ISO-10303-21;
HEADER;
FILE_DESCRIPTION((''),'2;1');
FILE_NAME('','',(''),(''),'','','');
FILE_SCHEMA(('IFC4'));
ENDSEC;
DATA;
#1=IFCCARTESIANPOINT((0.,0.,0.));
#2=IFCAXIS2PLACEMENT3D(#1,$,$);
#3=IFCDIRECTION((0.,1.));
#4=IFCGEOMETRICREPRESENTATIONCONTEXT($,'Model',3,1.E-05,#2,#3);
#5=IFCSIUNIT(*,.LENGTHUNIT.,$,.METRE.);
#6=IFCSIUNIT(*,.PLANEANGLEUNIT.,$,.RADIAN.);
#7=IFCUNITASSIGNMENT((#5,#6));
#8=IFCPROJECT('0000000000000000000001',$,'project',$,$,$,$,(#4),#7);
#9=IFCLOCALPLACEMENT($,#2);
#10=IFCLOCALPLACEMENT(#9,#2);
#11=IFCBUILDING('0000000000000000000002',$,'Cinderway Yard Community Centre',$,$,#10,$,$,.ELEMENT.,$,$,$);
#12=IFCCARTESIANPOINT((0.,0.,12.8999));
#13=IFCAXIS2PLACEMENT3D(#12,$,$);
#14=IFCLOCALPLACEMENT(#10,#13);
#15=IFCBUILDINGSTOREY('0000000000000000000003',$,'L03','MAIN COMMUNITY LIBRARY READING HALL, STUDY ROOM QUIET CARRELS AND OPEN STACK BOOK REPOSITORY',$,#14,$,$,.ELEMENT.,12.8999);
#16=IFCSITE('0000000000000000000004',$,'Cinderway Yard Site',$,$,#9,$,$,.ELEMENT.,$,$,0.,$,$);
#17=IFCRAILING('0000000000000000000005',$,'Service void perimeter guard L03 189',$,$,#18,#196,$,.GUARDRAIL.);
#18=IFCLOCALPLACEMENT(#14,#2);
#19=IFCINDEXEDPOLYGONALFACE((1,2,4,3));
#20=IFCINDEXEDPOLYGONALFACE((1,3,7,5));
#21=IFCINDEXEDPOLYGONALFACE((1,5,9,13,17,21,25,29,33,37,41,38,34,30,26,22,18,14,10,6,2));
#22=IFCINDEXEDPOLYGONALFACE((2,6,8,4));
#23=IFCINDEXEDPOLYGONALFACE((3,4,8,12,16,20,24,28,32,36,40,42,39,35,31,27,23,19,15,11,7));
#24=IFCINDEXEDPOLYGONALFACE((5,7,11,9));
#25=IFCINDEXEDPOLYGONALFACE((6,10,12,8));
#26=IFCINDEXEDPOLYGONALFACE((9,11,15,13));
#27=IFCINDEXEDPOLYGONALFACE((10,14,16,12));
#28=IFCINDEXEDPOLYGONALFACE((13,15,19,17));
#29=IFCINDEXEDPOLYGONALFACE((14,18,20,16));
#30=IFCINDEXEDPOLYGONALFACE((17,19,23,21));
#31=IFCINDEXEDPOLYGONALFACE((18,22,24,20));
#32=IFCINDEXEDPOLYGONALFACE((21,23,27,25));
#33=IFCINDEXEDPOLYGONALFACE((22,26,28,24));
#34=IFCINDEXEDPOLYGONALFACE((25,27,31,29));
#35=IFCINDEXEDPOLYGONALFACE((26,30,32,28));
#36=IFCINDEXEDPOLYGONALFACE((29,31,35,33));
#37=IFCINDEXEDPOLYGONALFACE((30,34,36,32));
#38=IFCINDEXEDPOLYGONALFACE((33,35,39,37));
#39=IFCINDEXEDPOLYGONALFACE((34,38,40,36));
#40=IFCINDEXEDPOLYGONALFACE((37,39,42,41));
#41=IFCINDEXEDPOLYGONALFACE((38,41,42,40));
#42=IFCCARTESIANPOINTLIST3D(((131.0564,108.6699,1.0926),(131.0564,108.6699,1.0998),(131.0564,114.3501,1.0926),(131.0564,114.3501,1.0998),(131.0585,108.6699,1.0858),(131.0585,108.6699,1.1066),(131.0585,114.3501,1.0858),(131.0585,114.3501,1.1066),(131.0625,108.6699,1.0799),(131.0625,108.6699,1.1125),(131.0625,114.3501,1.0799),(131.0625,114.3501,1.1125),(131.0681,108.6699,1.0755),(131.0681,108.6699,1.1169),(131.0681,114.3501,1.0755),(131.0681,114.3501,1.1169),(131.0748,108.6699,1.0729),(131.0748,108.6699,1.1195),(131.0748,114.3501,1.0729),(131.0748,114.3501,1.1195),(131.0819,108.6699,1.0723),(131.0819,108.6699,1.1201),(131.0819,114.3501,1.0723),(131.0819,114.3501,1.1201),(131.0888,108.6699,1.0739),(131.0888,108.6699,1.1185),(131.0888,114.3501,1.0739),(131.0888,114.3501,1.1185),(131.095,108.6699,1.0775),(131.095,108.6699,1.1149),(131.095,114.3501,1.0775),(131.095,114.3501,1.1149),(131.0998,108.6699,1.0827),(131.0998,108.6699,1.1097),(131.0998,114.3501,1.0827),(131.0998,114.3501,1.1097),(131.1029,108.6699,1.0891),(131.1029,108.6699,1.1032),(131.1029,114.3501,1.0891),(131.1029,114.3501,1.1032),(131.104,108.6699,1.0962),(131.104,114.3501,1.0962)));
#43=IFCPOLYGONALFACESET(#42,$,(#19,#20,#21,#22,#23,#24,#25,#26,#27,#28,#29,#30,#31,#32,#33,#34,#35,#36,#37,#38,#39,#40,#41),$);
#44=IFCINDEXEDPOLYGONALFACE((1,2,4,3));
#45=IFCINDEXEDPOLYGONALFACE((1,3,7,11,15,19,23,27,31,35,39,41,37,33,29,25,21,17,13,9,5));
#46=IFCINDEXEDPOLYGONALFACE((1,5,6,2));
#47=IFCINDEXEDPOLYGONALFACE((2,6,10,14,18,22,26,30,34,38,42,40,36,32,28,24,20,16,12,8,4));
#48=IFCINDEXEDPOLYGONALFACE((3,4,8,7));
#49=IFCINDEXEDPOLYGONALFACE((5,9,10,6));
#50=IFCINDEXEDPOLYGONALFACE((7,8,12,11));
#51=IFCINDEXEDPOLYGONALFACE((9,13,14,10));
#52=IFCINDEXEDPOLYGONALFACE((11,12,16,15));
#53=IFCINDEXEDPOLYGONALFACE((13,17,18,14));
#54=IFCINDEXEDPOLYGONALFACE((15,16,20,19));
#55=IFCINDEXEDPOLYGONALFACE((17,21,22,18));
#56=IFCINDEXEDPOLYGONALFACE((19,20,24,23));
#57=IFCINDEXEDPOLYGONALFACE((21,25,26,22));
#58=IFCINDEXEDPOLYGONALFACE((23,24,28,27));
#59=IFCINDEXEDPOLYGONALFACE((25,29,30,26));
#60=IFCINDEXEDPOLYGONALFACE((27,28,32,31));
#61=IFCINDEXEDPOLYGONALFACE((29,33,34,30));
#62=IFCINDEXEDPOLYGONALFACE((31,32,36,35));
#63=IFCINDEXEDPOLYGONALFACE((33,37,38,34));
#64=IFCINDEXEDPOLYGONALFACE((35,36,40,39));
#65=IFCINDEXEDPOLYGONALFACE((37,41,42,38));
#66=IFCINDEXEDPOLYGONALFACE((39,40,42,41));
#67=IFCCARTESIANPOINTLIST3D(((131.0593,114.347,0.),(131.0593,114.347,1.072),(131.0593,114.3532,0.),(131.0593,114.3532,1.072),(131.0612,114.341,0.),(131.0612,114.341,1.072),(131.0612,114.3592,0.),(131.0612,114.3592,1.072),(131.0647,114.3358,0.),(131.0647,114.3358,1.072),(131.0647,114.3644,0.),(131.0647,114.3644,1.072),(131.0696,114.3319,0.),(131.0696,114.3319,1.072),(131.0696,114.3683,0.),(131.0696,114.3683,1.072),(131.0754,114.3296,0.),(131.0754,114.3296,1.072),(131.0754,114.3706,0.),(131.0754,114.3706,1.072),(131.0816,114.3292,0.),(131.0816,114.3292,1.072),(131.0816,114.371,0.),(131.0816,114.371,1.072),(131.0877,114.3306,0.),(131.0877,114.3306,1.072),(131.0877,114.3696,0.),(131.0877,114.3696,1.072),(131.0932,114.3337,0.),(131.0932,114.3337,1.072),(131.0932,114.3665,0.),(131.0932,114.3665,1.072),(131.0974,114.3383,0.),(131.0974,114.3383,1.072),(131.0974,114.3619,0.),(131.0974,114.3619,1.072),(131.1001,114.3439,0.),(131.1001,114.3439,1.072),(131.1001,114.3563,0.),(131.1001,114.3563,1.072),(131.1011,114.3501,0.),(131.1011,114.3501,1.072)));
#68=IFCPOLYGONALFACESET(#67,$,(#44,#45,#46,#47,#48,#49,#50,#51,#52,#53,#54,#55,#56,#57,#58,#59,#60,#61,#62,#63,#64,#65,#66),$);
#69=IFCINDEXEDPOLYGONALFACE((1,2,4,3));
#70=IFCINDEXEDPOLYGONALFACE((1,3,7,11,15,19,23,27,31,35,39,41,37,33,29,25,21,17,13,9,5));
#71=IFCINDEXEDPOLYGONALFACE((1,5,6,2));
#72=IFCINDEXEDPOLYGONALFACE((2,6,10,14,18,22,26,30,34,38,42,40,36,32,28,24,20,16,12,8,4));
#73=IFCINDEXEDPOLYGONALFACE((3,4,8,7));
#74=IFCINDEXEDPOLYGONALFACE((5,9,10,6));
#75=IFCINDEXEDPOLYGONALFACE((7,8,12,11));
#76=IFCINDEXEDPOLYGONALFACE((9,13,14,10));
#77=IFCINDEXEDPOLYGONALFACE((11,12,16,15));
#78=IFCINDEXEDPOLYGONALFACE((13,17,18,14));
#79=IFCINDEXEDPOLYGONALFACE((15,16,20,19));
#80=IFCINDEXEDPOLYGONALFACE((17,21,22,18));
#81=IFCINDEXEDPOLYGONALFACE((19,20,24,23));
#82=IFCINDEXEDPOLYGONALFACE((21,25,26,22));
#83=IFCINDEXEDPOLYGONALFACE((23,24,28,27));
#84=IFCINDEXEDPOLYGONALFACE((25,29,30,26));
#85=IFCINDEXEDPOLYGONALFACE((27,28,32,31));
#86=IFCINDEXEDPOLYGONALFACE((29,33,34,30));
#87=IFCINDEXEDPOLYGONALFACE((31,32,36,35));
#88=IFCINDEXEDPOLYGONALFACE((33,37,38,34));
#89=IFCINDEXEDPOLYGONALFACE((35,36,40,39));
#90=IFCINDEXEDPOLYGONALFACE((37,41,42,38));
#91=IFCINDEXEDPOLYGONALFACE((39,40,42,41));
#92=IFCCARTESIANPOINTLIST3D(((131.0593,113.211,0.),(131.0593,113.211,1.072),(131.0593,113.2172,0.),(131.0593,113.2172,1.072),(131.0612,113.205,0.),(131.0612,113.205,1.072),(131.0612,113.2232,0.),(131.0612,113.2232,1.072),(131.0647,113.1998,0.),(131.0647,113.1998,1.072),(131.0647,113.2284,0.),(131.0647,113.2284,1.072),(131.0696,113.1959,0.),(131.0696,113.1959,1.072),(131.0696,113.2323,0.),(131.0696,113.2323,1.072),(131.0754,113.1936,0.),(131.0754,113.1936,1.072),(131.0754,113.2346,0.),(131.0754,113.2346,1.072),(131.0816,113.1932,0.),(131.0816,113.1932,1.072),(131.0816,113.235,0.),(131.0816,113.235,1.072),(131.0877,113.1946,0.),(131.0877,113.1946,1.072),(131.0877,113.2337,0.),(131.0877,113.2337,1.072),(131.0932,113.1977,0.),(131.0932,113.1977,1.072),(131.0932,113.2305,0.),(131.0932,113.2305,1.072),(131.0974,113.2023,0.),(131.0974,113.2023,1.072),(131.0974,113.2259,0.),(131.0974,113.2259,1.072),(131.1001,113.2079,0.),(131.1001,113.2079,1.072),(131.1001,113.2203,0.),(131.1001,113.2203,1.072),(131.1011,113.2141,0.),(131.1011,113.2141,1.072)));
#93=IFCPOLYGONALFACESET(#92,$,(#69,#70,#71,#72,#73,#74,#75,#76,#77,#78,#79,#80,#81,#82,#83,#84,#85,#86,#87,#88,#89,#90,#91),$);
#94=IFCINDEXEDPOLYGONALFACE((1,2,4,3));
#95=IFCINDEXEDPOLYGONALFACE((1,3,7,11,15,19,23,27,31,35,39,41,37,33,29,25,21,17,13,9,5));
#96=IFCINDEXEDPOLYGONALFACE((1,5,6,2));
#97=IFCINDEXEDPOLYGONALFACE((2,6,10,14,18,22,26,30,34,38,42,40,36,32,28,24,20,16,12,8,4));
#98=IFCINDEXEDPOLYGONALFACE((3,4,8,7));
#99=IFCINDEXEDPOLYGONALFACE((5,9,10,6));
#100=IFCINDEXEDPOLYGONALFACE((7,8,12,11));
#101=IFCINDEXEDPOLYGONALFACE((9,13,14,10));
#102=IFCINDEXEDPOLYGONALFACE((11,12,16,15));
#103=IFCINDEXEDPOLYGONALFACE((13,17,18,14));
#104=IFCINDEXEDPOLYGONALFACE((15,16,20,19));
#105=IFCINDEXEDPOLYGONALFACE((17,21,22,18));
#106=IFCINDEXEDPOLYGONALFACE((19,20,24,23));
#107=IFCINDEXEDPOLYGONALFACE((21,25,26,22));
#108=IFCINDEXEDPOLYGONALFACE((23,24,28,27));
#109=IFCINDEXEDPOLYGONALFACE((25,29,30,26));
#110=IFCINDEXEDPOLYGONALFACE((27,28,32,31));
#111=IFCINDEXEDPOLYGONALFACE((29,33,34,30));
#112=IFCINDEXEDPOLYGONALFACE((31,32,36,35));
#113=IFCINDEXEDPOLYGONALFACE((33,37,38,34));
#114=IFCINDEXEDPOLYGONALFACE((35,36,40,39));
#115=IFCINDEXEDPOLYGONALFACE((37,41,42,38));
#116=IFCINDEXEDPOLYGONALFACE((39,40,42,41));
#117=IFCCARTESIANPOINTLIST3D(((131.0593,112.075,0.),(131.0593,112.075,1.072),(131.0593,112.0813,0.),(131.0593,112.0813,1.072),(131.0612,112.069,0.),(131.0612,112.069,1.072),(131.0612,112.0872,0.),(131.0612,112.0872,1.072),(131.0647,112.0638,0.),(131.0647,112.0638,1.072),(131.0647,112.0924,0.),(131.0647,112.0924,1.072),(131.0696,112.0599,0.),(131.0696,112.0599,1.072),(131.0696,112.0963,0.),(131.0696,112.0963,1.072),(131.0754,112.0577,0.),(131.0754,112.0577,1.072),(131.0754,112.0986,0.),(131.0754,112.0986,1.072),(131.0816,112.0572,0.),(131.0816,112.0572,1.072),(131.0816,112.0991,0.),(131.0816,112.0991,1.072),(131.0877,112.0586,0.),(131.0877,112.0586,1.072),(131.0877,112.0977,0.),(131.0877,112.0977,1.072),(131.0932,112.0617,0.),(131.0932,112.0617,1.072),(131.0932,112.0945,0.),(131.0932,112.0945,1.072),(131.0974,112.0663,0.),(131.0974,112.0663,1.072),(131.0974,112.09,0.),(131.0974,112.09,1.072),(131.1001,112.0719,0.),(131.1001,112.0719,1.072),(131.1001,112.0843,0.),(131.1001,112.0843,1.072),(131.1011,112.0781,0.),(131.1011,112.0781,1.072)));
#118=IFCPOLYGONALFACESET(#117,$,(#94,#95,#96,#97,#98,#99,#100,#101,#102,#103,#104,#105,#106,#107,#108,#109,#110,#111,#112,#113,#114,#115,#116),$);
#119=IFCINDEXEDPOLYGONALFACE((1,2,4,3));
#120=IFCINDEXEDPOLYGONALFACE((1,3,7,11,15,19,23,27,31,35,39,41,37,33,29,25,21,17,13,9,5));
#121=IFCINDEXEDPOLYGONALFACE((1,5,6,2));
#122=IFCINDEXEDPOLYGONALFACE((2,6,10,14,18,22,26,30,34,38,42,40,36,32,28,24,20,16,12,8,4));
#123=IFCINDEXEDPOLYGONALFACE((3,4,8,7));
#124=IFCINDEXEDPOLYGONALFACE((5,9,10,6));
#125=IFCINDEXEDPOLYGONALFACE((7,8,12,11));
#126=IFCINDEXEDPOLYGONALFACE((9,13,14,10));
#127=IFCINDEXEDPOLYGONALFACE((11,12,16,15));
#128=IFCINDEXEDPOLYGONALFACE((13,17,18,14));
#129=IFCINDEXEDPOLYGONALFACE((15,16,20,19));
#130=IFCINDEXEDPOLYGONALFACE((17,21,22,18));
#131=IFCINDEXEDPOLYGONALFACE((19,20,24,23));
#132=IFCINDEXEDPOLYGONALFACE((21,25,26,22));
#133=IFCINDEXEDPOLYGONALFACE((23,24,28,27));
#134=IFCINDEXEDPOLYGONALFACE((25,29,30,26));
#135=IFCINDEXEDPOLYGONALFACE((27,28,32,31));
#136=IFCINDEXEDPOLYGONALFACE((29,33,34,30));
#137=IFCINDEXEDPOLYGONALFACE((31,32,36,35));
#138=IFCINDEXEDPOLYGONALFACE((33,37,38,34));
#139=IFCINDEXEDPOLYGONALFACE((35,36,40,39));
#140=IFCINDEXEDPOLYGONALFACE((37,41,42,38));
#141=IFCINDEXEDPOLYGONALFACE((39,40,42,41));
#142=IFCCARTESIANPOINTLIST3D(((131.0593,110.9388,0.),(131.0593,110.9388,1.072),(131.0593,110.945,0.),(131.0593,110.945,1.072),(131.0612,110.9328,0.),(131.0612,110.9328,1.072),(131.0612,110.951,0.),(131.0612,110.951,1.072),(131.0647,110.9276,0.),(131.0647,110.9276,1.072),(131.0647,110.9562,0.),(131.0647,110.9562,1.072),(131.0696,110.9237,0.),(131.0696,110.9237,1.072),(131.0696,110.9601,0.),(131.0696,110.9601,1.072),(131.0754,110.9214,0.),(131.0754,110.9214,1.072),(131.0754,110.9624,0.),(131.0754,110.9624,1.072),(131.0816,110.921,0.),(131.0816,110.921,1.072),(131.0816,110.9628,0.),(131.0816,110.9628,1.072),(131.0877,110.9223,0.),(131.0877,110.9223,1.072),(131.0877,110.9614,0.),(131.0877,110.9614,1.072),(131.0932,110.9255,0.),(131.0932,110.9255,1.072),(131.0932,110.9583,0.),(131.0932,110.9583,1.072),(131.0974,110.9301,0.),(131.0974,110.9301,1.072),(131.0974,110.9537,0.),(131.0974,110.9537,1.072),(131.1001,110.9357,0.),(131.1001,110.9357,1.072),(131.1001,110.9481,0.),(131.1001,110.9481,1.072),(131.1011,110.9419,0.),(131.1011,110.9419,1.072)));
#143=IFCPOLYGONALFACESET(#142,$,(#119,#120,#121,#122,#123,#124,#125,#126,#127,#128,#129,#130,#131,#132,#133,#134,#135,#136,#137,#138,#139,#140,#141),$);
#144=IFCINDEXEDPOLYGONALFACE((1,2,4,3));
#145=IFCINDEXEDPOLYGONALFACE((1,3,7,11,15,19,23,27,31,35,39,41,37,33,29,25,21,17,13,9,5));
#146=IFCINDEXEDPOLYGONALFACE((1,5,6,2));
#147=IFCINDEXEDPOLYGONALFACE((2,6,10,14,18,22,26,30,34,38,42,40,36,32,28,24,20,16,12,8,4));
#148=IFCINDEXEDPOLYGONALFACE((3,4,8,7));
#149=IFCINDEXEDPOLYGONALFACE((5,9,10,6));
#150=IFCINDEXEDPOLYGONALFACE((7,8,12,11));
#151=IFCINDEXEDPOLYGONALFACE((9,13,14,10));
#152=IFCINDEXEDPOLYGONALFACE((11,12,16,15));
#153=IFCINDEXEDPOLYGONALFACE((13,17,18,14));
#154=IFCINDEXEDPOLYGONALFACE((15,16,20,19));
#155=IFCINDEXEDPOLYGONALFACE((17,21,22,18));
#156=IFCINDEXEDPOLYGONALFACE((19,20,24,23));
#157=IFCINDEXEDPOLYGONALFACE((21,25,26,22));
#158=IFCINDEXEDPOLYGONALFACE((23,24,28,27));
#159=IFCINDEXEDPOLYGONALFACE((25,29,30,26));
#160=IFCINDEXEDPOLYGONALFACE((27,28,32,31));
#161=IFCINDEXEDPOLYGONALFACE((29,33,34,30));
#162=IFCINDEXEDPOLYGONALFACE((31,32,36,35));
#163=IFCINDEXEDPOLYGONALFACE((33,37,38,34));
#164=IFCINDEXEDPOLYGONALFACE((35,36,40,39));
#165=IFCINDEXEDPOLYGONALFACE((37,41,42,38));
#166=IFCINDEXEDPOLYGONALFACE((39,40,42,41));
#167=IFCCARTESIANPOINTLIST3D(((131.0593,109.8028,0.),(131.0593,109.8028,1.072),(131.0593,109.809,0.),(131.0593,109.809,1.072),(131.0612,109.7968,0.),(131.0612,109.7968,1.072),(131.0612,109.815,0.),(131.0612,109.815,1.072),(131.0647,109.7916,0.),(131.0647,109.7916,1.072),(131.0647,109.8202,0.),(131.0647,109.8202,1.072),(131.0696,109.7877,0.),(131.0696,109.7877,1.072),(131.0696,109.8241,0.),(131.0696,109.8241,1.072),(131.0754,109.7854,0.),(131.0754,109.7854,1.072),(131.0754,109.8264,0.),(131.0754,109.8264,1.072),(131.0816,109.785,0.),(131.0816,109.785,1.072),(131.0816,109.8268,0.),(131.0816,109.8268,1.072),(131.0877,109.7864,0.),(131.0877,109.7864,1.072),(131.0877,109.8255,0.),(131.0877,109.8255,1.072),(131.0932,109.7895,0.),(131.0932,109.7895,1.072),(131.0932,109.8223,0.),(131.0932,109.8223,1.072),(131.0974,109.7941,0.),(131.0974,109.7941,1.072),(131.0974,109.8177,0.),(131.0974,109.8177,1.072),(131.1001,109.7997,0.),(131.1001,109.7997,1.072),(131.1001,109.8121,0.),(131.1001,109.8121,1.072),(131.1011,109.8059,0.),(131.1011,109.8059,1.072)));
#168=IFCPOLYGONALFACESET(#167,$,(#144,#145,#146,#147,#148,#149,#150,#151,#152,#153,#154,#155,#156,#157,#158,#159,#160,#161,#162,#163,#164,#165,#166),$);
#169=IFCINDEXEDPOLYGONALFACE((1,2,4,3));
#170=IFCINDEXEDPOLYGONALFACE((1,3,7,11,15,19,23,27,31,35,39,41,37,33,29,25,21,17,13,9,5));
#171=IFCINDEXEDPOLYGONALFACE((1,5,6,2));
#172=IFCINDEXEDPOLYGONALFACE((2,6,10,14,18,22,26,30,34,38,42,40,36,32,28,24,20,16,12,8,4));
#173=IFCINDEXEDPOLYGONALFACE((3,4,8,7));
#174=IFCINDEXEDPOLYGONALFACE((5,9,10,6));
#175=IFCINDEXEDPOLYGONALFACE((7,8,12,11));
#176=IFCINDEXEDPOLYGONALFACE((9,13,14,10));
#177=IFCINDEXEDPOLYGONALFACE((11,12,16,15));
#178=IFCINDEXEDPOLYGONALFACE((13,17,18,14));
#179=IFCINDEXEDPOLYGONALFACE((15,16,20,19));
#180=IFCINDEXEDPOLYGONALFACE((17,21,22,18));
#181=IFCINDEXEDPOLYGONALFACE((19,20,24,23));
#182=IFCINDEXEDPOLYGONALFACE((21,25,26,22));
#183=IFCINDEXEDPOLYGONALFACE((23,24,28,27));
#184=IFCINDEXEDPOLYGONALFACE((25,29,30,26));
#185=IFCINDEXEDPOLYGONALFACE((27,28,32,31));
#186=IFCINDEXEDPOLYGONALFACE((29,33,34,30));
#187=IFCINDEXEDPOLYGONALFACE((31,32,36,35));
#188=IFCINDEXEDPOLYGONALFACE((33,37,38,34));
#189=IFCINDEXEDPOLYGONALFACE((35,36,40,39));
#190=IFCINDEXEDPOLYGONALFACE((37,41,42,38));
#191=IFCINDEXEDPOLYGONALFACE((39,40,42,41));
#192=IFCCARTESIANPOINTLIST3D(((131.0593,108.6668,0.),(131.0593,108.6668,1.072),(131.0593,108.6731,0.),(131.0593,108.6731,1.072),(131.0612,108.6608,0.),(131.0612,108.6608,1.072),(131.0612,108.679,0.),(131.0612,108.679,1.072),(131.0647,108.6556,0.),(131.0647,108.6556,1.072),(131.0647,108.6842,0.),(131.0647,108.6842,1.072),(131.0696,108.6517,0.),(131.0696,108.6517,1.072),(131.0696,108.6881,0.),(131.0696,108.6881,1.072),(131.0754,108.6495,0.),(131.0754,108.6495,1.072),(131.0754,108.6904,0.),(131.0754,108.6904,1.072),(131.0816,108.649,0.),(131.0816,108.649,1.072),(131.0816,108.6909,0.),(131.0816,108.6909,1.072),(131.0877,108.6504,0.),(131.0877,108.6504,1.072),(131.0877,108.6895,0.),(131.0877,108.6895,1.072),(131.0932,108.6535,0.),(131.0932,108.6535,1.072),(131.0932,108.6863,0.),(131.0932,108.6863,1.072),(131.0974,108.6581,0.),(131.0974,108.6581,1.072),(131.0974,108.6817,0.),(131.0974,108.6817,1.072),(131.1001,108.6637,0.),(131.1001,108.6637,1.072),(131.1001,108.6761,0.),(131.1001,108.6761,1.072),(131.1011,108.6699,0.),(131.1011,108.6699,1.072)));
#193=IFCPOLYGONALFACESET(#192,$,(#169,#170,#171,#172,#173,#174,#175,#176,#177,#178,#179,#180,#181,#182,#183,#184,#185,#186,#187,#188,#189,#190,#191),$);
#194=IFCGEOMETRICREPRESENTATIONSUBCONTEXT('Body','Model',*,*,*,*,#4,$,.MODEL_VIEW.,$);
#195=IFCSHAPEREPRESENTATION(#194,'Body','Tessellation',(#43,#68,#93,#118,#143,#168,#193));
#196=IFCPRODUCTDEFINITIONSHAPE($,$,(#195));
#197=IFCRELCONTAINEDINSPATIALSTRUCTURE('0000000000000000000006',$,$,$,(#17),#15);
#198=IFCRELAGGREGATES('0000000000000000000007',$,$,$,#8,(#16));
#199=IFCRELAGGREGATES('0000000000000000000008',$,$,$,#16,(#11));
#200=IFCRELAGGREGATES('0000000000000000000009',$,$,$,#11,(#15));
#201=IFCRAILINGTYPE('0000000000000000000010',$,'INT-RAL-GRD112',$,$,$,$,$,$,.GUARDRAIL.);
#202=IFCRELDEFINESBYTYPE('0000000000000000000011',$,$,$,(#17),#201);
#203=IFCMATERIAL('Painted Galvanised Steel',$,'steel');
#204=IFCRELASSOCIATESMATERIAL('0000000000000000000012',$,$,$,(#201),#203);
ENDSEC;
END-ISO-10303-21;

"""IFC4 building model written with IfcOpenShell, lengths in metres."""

from ifc_helpers import new_model, si_unit, direction, frame, origin, origin_2d, place, context, subcontext, project, spatial, circle, extrude, material, type_object, element, save


model = new_model("IFC4")

# Units and contexts
model_context = context("Model", 3, precision=1e-05, world=origin(), true_north=direction((0.0, 1.0)))
body_context = subcontext(model_context, "Body", "Model", "MODEL_VIEW")
ifc_project = project(units=[si_unit("LENGTHUNIT", "METRE"), si_unit("PLANEANGLEUNIT", "RADIAN")], contexts=[model_context])

# Site, building, storey
site_placement = place(None, origin())
site = spatial("IfcSite", under=ifc_project, at=site_placement, Name="Cinderway Yard Site", CompositionType="ELEMENT", RefElevation=0.0)
building_placement = place(site_placement, origin())
building = spatial("IfcBuilding", under=site, at=building_placement, Name="Cinderway Yard Community Centre", CompositionType="ELEMENT")
storey_placement = place(building_placement, frame((0.0, 0.0, 12.8999)))
storey = spatial("IfcBuildingStorey", under=building, at=storey_placement, Name="L03", Description="MAIN COMMUNITY LIBRARY READING HALL, STUDY ROOM QUIET CARRELS AND OPEN STACK BOOK REPOSITORY", CompositionType="ELEMENT", Elevation=12.8999)

# Shared definitions
ifc_material_1 = material(Name="Painted Galvanised Steel", Category="steel")

# Railing
railing_type = type_object("IfcRailingType", Name="INT-RAL-GRD112", PredefinedType="GUARDRAIL", material=ifc_material_1)
railing_1_placement = place(storey_placement, frame((131.0801, 114.3501, 0.0)))
element("IfcRailing", 1, at=railing_1_placement, inside=storey, type_object=railing_type, Name="Service void perimeter guard L03 189", PredefinedType="GUARDRAIL", context=body_context, shape_type="SweptSolid", body=[
    extrude(circle(Radius=0.0239, at=origin_2d()), frame((0.0, 0.0, 1.0962), z_axis=(0.0, -1.0, 0.0), x_axis=(1.0, 0.0, 0.0)), (0.0, 0.0, 1.0), 5.6802),
    extrude(circle(Radius=0.021, at=origin_2d()), origin(), (0.0, 0.0, 1.0), 1.072),
    extrude(circle(Radius=0.021, at=origin_2d()), frame((0.0, -1.136, 0.0)), (0.0, 0.0, 1.0), 1.072),
    extrude(circle(Radius=0.021, at=origin_2d()), frame((0.0, -2.272, 0.0)), (0.0, 0.0, 1.0), 1.072),
    extrude(circle(Radius=0.021, at=origin_2d()), frame((0.0, -3.4082, 0.0)), (0.0, 0.0, 1.0), 1.072),
    extrude(circle(Radius=0.021, at=origin_2d()), frame((0.0, -4.5442, 0.0)), (0.0, 0.0, 1.0), 1.072),
    extrude(circle(Radius=0.021, at=origin_2d()), frame((0.0, -5.6802, 0.0)), (0.0, 0.0, 1.0), 1.072),
])

save(model, "model.ifc")
